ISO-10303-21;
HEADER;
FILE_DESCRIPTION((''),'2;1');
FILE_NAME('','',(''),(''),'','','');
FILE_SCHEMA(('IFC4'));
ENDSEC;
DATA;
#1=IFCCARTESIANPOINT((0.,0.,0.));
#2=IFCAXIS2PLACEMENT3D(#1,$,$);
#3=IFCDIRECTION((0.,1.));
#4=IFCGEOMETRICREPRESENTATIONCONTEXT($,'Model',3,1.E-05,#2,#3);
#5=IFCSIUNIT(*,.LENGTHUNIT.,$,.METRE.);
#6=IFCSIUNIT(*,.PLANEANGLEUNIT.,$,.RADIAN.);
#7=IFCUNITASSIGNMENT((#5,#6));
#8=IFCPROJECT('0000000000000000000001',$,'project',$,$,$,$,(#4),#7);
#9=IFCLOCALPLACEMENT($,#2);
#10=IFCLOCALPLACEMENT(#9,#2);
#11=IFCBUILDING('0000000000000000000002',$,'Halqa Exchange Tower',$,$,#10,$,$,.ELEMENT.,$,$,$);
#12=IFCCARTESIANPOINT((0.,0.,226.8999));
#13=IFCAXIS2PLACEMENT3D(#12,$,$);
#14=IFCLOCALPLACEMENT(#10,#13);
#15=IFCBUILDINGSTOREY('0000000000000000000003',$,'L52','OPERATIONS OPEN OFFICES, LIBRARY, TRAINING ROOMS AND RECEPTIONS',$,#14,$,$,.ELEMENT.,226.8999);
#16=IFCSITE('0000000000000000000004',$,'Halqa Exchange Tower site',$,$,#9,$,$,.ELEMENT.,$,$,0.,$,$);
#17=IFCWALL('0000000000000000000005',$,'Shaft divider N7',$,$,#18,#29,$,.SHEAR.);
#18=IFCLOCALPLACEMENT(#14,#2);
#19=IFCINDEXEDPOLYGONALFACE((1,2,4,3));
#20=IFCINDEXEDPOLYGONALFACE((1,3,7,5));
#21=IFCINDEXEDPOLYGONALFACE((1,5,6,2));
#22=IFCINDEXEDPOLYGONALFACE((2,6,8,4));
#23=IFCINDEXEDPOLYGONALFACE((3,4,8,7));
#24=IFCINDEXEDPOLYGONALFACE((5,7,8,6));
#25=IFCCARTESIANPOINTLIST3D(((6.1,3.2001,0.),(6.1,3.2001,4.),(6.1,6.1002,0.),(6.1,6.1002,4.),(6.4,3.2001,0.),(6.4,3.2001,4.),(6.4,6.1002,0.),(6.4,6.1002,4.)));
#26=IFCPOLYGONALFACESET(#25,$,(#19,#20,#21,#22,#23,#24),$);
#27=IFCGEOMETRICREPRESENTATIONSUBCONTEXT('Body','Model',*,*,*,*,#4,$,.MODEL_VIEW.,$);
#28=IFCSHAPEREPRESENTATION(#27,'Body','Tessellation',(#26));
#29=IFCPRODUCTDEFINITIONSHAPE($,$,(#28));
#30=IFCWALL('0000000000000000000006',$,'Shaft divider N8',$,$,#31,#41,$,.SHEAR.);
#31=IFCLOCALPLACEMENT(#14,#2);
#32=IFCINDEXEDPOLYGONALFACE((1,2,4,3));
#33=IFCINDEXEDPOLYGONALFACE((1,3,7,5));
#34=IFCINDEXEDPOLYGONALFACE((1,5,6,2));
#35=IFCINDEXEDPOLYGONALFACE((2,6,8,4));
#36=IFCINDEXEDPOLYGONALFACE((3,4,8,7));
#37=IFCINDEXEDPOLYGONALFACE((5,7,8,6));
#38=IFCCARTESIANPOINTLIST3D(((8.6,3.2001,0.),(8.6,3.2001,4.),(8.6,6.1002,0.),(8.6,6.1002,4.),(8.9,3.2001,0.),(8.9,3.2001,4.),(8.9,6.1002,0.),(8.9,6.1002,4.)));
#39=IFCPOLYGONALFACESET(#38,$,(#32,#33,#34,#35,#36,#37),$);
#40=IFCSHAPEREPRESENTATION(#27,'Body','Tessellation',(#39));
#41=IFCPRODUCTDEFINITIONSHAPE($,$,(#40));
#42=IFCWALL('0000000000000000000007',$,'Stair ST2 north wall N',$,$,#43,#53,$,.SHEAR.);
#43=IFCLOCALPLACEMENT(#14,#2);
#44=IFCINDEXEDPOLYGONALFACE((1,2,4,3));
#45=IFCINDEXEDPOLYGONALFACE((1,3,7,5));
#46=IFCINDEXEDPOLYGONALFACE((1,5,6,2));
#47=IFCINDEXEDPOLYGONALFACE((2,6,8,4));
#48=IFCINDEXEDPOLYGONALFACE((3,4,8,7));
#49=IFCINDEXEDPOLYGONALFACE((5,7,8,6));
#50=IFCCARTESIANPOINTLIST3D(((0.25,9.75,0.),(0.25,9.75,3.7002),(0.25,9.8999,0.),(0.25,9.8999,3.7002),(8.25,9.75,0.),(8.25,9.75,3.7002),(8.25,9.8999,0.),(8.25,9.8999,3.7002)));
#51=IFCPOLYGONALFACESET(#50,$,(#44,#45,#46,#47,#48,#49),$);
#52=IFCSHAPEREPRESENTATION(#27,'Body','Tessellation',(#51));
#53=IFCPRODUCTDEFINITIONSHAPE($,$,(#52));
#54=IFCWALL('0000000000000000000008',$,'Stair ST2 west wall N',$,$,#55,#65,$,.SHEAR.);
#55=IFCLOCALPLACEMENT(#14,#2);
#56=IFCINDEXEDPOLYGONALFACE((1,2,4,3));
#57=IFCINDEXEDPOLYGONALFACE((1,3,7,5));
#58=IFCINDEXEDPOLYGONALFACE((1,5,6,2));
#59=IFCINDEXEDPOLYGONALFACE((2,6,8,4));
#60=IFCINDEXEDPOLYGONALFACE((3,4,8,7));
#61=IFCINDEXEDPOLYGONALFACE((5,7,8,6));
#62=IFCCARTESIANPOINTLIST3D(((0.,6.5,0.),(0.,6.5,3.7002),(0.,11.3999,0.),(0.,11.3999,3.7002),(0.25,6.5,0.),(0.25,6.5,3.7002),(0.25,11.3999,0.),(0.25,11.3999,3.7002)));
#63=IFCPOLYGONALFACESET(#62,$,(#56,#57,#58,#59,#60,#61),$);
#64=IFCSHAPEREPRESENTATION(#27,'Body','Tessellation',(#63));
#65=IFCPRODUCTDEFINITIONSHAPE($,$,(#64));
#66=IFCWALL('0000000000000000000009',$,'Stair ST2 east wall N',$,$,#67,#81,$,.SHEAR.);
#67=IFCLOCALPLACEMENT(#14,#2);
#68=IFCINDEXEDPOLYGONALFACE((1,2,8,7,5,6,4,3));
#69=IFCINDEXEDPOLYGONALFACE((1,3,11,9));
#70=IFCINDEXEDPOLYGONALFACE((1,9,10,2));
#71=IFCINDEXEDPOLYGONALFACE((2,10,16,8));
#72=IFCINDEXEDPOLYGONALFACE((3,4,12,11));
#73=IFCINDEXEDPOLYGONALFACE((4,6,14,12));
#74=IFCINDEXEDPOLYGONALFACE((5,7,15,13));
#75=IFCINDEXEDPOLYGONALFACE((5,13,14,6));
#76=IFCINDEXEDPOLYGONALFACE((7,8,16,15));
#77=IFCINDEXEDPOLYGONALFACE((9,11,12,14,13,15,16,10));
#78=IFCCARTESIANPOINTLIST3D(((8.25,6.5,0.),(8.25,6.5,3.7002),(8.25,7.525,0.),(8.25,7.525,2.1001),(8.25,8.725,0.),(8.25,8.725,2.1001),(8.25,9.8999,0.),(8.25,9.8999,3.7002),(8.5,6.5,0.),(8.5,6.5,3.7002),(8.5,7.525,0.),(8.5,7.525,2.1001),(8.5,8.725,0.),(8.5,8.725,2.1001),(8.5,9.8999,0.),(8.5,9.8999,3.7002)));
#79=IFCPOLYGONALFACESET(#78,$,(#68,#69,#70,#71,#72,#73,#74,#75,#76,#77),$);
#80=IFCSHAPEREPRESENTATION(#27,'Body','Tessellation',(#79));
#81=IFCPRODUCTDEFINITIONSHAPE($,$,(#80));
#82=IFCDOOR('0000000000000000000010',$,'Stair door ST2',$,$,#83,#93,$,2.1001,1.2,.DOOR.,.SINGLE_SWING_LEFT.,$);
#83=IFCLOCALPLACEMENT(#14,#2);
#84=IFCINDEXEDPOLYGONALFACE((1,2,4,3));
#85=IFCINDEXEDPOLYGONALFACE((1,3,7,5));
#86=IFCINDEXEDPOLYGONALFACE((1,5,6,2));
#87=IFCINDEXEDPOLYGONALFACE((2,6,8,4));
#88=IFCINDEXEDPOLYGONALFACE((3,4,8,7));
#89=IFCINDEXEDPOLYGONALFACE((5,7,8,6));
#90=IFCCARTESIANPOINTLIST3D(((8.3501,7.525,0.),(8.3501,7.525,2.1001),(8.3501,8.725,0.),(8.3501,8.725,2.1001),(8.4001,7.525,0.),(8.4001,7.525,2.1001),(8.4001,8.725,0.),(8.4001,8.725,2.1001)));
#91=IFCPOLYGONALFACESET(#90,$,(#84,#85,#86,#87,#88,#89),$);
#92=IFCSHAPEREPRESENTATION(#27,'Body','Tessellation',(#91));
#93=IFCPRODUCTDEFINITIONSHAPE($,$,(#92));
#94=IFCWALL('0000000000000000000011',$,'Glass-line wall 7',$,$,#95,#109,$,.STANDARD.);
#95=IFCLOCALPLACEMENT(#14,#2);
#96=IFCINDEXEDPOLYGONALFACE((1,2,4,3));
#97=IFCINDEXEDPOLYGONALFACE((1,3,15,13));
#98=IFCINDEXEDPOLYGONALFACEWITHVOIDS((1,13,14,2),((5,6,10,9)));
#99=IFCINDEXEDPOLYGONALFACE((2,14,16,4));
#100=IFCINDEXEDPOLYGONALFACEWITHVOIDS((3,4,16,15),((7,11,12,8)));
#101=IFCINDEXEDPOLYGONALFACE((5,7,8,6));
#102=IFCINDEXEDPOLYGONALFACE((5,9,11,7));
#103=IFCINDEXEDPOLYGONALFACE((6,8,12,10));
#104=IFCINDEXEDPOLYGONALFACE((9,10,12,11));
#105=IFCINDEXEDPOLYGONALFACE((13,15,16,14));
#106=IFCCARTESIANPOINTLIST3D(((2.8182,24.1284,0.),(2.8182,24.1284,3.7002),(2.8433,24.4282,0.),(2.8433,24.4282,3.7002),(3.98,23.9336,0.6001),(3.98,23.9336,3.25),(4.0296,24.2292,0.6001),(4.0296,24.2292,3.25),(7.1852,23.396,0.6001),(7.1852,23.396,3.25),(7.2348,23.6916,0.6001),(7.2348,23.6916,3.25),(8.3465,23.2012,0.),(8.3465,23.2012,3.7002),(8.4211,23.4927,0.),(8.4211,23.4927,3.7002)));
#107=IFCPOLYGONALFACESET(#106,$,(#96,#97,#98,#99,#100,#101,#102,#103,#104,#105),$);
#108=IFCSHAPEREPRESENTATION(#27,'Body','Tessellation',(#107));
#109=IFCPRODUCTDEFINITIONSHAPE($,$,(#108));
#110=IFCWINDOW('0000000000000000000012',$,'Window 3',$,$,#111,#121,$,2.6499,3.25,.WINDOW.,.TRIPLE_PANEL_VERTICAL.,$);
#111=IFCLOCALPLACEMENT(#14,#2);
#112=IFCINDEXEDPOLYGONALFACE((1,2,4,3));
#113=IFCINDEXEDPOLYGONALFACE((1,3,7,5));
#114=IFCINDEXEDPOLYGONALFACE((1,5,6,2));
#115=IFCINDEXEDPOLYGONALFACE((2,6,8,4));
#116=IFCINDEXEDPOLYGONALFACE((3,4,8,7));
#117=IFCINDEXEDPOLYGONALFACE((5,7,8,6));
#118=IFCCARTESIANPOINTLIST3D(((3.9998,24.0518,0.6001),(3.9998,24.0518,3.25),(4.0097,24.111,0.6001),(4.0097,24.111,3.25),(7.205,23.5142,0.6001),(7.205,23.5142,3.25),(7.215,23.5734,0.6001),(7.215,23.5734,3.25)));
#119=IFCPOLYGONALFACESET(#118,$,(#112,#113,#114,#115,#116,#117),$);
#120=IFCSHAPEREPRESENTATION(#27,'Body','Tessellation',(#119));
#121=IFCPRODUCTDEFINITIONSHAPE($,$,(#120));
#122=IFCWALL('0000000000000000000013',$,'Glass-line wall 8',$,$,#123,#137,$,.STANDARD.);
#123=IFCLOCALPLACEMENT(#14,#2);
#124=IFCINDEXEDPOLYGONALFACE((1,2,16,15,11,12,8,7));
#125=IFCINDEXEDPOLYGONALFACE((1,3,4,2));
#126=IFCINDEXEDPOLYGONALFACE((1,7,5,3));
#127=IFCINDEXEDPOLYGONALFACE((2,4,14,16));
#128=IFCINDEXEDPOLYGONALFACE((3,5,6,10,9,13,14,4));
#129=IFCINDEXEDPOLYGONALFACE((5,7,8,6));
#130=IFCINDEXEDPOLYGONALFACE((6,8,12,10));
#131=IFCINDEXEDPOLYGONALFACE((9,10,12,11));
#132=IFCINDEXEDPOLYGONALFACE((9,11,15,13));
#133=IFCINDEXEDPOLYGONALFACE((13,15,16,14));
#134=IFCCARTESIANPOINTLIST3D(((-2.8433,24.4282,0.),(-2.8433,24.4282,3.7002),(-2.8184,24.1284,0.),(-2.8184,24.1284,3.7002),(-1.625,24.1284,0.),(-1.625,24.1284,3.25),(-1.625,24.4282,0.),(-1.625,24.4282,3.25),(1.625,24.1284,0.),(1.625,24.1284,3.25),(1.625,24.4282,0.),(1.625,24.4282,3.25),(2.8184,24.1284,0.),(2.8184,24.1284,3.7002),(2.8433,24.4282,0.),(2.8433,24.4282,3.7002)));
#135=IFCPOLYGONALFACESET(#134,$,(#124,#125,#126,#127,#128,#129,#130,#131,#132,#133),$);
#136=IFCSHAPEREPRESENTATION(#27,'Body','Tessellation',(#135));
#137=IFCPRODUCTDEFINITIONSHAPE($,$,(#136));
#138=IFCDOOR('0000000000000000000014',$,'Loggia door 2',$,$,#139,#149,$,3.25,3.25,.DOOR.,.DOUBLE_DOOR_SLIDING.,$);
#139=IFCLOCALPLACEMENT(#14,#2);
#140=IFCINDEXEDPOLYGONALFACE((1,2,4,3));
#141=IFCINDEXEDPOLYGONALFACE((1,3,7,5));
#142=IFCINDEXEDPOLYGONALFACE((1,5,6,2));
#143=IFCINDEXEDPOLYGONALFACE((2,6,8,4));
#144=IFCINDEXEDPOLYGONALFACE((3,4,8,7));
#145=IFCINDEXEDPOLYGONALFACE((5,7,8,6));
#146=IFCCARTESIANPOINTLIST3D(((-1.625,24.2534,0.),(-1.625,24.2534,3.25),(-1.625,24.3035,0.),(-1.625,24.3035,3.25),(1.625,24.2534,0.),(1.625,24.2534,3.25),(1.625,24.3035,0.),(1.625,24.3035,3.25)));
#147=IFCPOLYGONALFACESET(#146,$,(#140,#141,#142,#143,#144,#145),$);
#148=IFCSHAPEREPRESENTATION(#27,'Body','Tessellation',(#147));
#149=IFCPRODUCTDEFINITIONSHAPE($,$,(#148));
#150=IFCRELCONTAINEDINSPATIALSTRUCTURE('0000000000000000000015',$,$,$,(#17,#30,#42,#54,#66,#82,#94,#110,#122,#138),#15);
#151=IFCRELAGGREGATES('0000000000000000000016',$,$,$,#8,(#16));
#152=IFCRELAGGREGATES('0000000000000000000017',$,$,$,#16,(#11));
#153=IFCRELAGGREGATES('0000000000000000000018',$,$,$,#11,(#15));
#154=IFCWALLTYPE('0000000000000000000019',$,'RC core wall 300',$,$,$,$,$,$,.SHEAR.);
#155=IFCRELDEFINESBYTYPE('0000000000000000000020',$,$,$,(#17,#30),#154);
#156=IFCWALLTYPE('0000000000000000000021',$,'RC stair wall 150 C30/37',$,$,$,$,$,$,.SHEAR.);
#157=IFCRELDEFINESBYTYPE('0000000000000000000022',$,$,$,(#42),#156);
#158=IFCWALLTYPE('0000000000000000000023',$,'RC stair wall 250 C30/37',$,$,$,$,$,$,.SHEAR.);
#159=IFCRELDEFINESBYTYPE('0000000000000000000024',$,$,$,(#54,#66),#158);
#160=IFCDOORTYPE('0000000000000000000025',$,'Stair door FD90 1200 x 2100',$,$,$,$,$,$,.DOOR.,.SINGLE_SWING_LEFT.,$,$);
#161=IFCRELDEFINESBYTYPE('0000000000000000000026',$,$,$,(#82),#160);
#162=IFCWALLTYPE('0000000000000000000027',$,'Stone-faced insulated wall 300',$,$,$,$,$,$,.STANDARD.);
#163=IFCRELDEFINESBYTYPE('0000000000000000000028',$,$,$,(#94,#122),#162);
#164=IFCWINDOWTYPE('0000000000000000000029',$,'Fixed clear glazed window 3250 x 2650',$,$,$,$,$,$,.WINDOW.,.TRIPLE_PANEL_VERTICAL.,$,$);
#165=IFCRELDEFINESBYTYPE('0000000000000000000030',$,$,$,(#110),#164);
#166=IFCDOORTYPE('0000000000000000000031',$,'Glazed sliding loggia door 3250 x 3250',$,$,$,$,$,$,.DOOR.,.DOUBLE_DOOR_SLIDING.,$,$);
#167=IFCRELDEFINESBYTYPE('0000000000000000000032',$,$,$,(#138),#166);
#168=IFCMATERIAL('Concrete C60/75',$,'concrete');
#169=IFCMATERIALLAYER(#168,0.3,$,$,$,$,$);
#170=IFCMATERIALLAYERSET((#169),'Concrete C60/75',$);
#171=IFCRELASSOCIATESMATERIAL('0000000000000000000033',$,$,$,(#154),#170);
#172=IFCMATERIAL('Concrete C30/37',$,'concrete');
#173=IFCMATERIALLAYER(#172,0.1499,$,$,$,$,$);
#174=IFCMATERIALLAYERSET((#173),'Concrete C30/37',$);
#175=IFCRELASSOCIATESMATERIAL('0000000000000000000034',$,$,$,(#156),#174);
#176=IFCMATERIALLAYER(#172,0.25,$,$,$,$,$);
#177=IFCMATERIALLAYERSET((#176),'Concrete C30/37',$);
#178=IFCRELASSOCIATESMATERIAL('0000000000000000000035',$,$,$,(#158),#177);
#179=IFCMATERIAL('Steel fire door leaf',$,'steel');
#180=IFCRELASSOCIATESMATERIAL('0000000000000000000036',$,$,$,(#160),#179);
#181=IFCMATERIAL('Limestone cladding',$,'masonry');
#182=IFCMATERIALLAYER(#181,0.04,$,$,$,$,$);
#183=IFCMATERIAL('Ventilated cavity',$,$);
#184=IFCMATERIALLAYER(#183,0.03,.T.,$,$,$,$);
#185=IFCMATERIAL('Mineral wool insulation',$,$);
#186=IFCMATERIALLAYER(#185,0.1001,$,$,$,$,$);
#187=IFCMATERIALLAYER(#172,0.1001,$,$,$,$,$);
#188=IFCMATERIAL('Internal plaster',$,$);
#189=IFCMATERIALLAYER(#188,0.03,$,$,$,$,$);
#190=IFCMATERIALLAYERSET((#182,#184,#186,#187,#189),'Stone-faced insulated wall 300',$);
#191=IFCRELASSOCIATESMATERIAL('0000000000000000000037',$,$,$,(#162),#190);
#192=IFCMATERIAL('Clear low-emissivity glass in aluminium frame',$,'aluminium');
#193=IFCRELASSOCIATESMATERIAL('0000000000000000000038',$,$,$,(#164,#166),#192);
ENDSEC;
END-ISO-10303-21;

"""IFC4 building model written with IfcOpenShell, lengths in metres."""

from ifc_helpers import new_model, si_unit, direction, frame, frame_2d, origin, place, context, subcontext, project, spatial, polyline, rectangle, outline, extrude, material, layer, layer_set, type_object, element, fill, save


model = new_model("IFC4")

# Units and contexts
model_context = context("Model", 3, precision=1e-05, world=origin(), true_north=direction((0.0, 1.0)))
body_context = subcontext(model_context, "Body", "Model", "MODEL_VIEW")
ifc_project = project(units=[si_unit("LENGTHUNIT", "METRE"), si_unit("PLANEANGLEUNIT", "RADIAN")], contexts=[model_context])

# Site, building, storey
site_placement = place(None, origin())
site = spatial("IfcSite", under=ifc_project, at=site_placement, Name="Halqa Exchange Tower site", CompositionType="ELEMENT", RefElevation=0.0)
building_placement = place(site_placement, origin())
building = spatial("IfcBuilding", under=site, at=building_placement, Name="Halqa Exchange Tower", CompositionType="ELEMENT")
storey_placement = place(building_placement, frame((0.0, 0.0, 226.8999)))
storey = spatial("IfcBuildingStorey", under=building, at=storey_placement, Name="L52", Description="OPERATIONS OPEN OFFICES, LIBRARY, TRAINING ROOMS AND RECEPTIONS", CompositionType="ELEMENT", Elevation=226.8999)

# Shared definitions
ifc_material_1 = material(Name="Concrete C60/75", Category="concrete")

# Shared definitions
ifc_material_2 = material(Name="Concrete C30/37", Category="concrete")

# Walls
ifc_layer_1 = layer(ifc_material_1, 0.3)
ifc_layer_set_1 = layer_set([ifc_layer_1], Name="Concrete C60/75")
wall_type_1 = type_object("IfcWallType", Name="RC core wall 300", PredefinedType="SHEAR", material=ifc_layer_set_1)
for number, where, z_axis, x_axis, name in (
    (1, (6.25, 3.2, 0.0), (0.0, 0.0, 1.0), (0.0, 1.0, 0.0), "Shaft divider N7"),
    (2, (8.75, 3.2, 0.0), (0.0, 0.0, 1.0), (0.0, 1.0, 0.0), "Shaft divider N8"),
):
    element("IfcWall", number, at=place(storey_placement, frame(where, z_axis=z_axis, x_axis=x_axis)), inside=storey, type_object=wall_type_1, Name=name, PredefinedType="SHEAR", context=body_context, shape_type="SweptSolid", body=[
        extrude(rectangle(XDim=2.9001, YDim=0.3, at=frame_2d((1.4502, 0.0))), origin(), (0.0, 0.0, 1.0), 4.0),
    ])
ifc_layer_2 = layer(ifc_material_2, 0.1499)
ifc_layer_set_2 = layer_set([ifc_layer_2], Name="Concrete C30/37")
wall_type_2 = type_object("IfcWallType", Name="RC stair wall 150 C30/37", PredefinedType="SHEAR", material=ifc_layer_set_2)
wall_1_placement = place(storey_placement, frame((0.25, 9.825, 0.0), z_axis=(0.0, 0.0, 1.0), x_axis=(1.0, 0.0, 0.0)))
element("IfcWall", 3, at=wall_1_placement, inside=storey, type_object=wall_type_2, Name="Stair ST2 north wall N", PredefinedType="SHEAR", context=body_context, shape_type="SweptSolid", body=[
    extrude(rectangle(XDim=8.0, YDim=0.1499, at=frame_2d((4.0, 0.0))), origin(), (0.0, 0.0, 1.0), 3.7002),
])
ifc_layer_3 = layer(ifc_material_2, 0.25)
ifc_layer_set_3 = layer_set([ifc_layer_3], Name="Concrete C30/37")
wall_type_3 = type_object("IfcWallType", Name="RC stair wall 250 C30/37", PredefinedType="SHEAR", material=ifc_layer_set_3)
wall_2_placement = place(storey_placement, frame((0.125, 6.5, 0.0), z_axis=(0.0, 0.0, 1.0), x_axis=(0.0, 1.0, 0.0)))
element("IfcWall", 4, at=wall_2_placement, inside=storey, type_object=wall_type_3, Name="Stair ST2 west wall N", PredefinedType="SHEAR", context=body_context, shape_type="SweptSolid", body=[
    extrude(rectangle(XDim=4.8999, YDim=0.25, at=frame_2d((2.45, 0.0))), origin(), (0.0, 0.0, 1.0), 3.7002),
])

# Wall, opening, door
wall_3_placement = place(storey_placement, frame((8.375, 6.5, 0.0), z_axis=(0.0, 0.0, 1.0), x_axis=(0.0, 1.0, 0.0)))
wall_3 = element("IfcWall", 5, at=wall_3_placement, inside=storey, type_object=wall_type_3, Name="Stair ST2 east wall N", PredefinedType="SHEAR", context=body_context, shape_type="SweptSolid", body=[
    extrude(rectangle(XDim=3.3999, YDim=0.25, at=frame_2d((1.7, 0.0))), origin(), (0.0, 0.0, 1.0), 3.7002),
])
opening_1_placement = place(wall_3_placement, frame((1.0249, 0.0, 0.0)))
opening_1 = element("IfcOpeningElement", 6, at=opening_1_placement, cuts=wall_3, PredefinedType="OPENING", context=body_context, shape_type="SweptSolid", body=[
    extrude(rectangle(XDim=1.2, YDim=2.1001, at=frame_2d((0.6001, 1.05))), frame((0.0, 0.137, 0.0), z_axis=(0.0, -1.0, 0.0), x_axis=(1.0, 0.0, 0.0)), (0.0, 0.0, 1.0), 0.2739),
])
ifc_material_3 = material(Name="Steel fire door leaf", Category="steel")
door_type_1 = type_object("IfcDoorType", Name="Stair door FD90 1200 x 2100", OperationType="SINGLE_SWING_LEFT", PredefinedType="DOOR", material=ifc_material_3)
door_1_placement = place(opening_1_placement, origin())
door_1 = element("IfcDoor", 7, at=door_1_placement, inside=storey, type_object=door_type_1, Name="Stair door ST2", OperationType="SINGLE_SWING_LEFT", OverallHeight=2.1001, OverallWidth=1.2, PredefinedType="DOOR", context=body_context, shape_type="SweptSolid", body=[
    extrude(rectangle(XDim=1.2, YDim=2.1001, at=frame_2d((0.6001, 1.05))), frame((0.0, 0.0249, 0.0), z_axis=(0.0, -1.0, 0.0), x_axis=(1.0, 0.0, 0.0)), (0.0, 0.0, 1.0), 0.05),
])
fill(opening_1, door_1)

# Wall, opening, window
ifc_material_4 = material(Name="Limestone cladding", Category="masonry")
ifc_layer_4 = layer(ifc_material_4, 0.04)
ifc_material_5 = material(Name="Ventilated cavity")
ifc_layer_5 = layer(ifc_material_5, 0.03, ventilated=True)
ifc_material_6 = material(Name="Mineral wool insulation")
ifc_layer_6 = layer(ifc_material_6, 0.1001)
ifc_layer_7 = layer(ifc_material_2, 0.1001)
ifc_material_7 = material(Name="Internal plaster")
ifc_layer_8 = layer(ifc_material_7, 0.03)
ifc_layer_set_4 = layer_set([ifc_layer_4, ifc_layer_5, ifc_layer_6, ifc_layer_7, ifc_layer_8], Name="Stone-faced insulated wall 300")
wall_type_4 = type_object("IfcWallType", Name="Stone-faced insulated wall 300", PredefinedType="STANDARD", material=ifc_layer_set_4)
wall_4_placement = place(storey_placement, frame((8.3838, 23.3469, 0.0), z_axis=(0.0, 0.0, 1.0), x_axis=(-0.986223, 0.165418, 0.0)))
wall_4 = element("IfcWall", 8, at=wall_4_placement, inside=storey, type_object=wall_type_4, Name="Glass-line wall 7", PredefinedType="STANDARD", context=body_context, shape_type="SweptSolid", body=[
    extrude(outline(polyline([(-0.0127, -0.1499), (5.6431, -0.1499), (5.6182, 0.1499), (0.0127, 0.1499), (-0.0127, -0.1499)])), origin(), (0.0, 0.0, 1.0), 3.7002),
])
opening_2_placement = place(wall_4_placement, frame((1.1902, 0.0, 0.6001)))
opening_2 = element("IfcOpeningElement", 9, at=opening_2_placement, cuts=wall_4, PredefinedType="OPENING", context=body_context, shape_type="SweptSolid", body=[
    extrude(rectangle(XDim=3.25, YDim=2.6499, at=frame_2d((1.625, 1.325))), frame((0.0, 0.1621, 0.0), z_axis=(0.0, -1.0, 0.0), x_axis=(1.0, 0.0, 0.0)), (0.0, 0.0, 1.0), 0.324),
])
ifc_material_8 = material(Name="Clear low-emissivity glass in aluminium frame", Category="aluminium")
window_type = type_object("IfcWindowType", Name="Fixed clear glazed window 3250 x 2650", PartitioningType="TRIPLE_PANEL_VERTICAL", PredefinedType="WINDOW", material=ifc_material_8)
window_placement = place(opening_2_placement, origin())
window = element("IfcWindow", 10, at=window_placement, inside=storey, type_object=window_type, Name="Window 3", OverallHeight=2.6499, OverallWidth=3.25, PartitioningType="TRIPLE_PANEL_VERTICAL", PredefinedType="WINDOW", context=body_context, shape_type="SweptSolid", body=[
    extrude(rectangle(XDim=3.25, YDim=2.6499, at=frame_2d((1.625, 1.325))), frame((0.0, 0.03, 0.0), z_axis=(0.0, -1.0, 0.0), x_axis=(1.0, 0.0, 0.0)), (0.0, 0.0, 1.0), 0.0601),
])
fill(opening_2, window)

# Wall, opening, door
wall_5_placement = place(storey_placement, frame((2.8308, 24.2783, 0.0), z_axis=(0.0, 0.0, 1.0), x_axis=(-1.0, 0.0, 0.0)))
wall_5 = element("IfcWall", 11, at=wall_5_placement, inside=storey, type_object=wall_type_4, Name="Glass-line wall 8", PredefinedType="STANDARD", context=body_context, shape_type="SweptSolid", body=[
    extrude(outline(polyline([(-0.0125, -0.1499), (5.6741, -0.1499), (5.6492, 0.1499), (0.0125, 0.1499), (-0.0125, -0.1499)])), origin(), (0.0, 0.0, 1.0), 3.7002),
])
opening_3_placement = place(wall_5_placement, frame((1.2058, 0.0, 0.0)))
opening_3 = element("IfcOpeningElement", 12, at=opening_3_placement, cuts=wall_5, PredefinedType="OPENING", context=body_context, shape_type="SweptSolid", body=[
    extrude(rectangle(XDim=3.25, YDim=3.25, at=frame_2d((1.625, 1.625))), frame((0.0, 0.1621, 0.0), z_axis=(0.0, -1.0, 0.0), x_axis=(1.0, 0.0, 0.0)), (0.0, 0.0, 1.0), 0.324),
])
door_type_2 = type_object("IfcDoorType", Name="Glazed sliding loggia door 3250 x 3250", OperationType="DOUBLE_DOOR_SLIDING", PredefinedType="DOOR", material=ifc_material_8)
door_2_placement = place(opening_3_placement, origin())
door_2 = element("IfcDoor", 13, at=door_2_placement, inside=storey, type_object=door_type_2, Name="Loggia door 2", OperationType="DOUBLE_DOOR_SLIDING", OverallHeight=3.25, OverallWidth=3.25, PredefinedType="DOOR", context=body_context, shape_type="SweptSolid", body=[
    extrude(rectangle(XDim=3.25, YDim=3.25, at=frame_2d((1.625, 1.625))), frame((0.0, 0.0249, 0.0), z_axis=(0.0, -1.0, 0.0), x_axis=(1.0, 0.0, 0.0)), (0.0, 0.0, 1.0), 0.05),
])
fill(opening_3, door_2)

save(model, "model.ifc")
